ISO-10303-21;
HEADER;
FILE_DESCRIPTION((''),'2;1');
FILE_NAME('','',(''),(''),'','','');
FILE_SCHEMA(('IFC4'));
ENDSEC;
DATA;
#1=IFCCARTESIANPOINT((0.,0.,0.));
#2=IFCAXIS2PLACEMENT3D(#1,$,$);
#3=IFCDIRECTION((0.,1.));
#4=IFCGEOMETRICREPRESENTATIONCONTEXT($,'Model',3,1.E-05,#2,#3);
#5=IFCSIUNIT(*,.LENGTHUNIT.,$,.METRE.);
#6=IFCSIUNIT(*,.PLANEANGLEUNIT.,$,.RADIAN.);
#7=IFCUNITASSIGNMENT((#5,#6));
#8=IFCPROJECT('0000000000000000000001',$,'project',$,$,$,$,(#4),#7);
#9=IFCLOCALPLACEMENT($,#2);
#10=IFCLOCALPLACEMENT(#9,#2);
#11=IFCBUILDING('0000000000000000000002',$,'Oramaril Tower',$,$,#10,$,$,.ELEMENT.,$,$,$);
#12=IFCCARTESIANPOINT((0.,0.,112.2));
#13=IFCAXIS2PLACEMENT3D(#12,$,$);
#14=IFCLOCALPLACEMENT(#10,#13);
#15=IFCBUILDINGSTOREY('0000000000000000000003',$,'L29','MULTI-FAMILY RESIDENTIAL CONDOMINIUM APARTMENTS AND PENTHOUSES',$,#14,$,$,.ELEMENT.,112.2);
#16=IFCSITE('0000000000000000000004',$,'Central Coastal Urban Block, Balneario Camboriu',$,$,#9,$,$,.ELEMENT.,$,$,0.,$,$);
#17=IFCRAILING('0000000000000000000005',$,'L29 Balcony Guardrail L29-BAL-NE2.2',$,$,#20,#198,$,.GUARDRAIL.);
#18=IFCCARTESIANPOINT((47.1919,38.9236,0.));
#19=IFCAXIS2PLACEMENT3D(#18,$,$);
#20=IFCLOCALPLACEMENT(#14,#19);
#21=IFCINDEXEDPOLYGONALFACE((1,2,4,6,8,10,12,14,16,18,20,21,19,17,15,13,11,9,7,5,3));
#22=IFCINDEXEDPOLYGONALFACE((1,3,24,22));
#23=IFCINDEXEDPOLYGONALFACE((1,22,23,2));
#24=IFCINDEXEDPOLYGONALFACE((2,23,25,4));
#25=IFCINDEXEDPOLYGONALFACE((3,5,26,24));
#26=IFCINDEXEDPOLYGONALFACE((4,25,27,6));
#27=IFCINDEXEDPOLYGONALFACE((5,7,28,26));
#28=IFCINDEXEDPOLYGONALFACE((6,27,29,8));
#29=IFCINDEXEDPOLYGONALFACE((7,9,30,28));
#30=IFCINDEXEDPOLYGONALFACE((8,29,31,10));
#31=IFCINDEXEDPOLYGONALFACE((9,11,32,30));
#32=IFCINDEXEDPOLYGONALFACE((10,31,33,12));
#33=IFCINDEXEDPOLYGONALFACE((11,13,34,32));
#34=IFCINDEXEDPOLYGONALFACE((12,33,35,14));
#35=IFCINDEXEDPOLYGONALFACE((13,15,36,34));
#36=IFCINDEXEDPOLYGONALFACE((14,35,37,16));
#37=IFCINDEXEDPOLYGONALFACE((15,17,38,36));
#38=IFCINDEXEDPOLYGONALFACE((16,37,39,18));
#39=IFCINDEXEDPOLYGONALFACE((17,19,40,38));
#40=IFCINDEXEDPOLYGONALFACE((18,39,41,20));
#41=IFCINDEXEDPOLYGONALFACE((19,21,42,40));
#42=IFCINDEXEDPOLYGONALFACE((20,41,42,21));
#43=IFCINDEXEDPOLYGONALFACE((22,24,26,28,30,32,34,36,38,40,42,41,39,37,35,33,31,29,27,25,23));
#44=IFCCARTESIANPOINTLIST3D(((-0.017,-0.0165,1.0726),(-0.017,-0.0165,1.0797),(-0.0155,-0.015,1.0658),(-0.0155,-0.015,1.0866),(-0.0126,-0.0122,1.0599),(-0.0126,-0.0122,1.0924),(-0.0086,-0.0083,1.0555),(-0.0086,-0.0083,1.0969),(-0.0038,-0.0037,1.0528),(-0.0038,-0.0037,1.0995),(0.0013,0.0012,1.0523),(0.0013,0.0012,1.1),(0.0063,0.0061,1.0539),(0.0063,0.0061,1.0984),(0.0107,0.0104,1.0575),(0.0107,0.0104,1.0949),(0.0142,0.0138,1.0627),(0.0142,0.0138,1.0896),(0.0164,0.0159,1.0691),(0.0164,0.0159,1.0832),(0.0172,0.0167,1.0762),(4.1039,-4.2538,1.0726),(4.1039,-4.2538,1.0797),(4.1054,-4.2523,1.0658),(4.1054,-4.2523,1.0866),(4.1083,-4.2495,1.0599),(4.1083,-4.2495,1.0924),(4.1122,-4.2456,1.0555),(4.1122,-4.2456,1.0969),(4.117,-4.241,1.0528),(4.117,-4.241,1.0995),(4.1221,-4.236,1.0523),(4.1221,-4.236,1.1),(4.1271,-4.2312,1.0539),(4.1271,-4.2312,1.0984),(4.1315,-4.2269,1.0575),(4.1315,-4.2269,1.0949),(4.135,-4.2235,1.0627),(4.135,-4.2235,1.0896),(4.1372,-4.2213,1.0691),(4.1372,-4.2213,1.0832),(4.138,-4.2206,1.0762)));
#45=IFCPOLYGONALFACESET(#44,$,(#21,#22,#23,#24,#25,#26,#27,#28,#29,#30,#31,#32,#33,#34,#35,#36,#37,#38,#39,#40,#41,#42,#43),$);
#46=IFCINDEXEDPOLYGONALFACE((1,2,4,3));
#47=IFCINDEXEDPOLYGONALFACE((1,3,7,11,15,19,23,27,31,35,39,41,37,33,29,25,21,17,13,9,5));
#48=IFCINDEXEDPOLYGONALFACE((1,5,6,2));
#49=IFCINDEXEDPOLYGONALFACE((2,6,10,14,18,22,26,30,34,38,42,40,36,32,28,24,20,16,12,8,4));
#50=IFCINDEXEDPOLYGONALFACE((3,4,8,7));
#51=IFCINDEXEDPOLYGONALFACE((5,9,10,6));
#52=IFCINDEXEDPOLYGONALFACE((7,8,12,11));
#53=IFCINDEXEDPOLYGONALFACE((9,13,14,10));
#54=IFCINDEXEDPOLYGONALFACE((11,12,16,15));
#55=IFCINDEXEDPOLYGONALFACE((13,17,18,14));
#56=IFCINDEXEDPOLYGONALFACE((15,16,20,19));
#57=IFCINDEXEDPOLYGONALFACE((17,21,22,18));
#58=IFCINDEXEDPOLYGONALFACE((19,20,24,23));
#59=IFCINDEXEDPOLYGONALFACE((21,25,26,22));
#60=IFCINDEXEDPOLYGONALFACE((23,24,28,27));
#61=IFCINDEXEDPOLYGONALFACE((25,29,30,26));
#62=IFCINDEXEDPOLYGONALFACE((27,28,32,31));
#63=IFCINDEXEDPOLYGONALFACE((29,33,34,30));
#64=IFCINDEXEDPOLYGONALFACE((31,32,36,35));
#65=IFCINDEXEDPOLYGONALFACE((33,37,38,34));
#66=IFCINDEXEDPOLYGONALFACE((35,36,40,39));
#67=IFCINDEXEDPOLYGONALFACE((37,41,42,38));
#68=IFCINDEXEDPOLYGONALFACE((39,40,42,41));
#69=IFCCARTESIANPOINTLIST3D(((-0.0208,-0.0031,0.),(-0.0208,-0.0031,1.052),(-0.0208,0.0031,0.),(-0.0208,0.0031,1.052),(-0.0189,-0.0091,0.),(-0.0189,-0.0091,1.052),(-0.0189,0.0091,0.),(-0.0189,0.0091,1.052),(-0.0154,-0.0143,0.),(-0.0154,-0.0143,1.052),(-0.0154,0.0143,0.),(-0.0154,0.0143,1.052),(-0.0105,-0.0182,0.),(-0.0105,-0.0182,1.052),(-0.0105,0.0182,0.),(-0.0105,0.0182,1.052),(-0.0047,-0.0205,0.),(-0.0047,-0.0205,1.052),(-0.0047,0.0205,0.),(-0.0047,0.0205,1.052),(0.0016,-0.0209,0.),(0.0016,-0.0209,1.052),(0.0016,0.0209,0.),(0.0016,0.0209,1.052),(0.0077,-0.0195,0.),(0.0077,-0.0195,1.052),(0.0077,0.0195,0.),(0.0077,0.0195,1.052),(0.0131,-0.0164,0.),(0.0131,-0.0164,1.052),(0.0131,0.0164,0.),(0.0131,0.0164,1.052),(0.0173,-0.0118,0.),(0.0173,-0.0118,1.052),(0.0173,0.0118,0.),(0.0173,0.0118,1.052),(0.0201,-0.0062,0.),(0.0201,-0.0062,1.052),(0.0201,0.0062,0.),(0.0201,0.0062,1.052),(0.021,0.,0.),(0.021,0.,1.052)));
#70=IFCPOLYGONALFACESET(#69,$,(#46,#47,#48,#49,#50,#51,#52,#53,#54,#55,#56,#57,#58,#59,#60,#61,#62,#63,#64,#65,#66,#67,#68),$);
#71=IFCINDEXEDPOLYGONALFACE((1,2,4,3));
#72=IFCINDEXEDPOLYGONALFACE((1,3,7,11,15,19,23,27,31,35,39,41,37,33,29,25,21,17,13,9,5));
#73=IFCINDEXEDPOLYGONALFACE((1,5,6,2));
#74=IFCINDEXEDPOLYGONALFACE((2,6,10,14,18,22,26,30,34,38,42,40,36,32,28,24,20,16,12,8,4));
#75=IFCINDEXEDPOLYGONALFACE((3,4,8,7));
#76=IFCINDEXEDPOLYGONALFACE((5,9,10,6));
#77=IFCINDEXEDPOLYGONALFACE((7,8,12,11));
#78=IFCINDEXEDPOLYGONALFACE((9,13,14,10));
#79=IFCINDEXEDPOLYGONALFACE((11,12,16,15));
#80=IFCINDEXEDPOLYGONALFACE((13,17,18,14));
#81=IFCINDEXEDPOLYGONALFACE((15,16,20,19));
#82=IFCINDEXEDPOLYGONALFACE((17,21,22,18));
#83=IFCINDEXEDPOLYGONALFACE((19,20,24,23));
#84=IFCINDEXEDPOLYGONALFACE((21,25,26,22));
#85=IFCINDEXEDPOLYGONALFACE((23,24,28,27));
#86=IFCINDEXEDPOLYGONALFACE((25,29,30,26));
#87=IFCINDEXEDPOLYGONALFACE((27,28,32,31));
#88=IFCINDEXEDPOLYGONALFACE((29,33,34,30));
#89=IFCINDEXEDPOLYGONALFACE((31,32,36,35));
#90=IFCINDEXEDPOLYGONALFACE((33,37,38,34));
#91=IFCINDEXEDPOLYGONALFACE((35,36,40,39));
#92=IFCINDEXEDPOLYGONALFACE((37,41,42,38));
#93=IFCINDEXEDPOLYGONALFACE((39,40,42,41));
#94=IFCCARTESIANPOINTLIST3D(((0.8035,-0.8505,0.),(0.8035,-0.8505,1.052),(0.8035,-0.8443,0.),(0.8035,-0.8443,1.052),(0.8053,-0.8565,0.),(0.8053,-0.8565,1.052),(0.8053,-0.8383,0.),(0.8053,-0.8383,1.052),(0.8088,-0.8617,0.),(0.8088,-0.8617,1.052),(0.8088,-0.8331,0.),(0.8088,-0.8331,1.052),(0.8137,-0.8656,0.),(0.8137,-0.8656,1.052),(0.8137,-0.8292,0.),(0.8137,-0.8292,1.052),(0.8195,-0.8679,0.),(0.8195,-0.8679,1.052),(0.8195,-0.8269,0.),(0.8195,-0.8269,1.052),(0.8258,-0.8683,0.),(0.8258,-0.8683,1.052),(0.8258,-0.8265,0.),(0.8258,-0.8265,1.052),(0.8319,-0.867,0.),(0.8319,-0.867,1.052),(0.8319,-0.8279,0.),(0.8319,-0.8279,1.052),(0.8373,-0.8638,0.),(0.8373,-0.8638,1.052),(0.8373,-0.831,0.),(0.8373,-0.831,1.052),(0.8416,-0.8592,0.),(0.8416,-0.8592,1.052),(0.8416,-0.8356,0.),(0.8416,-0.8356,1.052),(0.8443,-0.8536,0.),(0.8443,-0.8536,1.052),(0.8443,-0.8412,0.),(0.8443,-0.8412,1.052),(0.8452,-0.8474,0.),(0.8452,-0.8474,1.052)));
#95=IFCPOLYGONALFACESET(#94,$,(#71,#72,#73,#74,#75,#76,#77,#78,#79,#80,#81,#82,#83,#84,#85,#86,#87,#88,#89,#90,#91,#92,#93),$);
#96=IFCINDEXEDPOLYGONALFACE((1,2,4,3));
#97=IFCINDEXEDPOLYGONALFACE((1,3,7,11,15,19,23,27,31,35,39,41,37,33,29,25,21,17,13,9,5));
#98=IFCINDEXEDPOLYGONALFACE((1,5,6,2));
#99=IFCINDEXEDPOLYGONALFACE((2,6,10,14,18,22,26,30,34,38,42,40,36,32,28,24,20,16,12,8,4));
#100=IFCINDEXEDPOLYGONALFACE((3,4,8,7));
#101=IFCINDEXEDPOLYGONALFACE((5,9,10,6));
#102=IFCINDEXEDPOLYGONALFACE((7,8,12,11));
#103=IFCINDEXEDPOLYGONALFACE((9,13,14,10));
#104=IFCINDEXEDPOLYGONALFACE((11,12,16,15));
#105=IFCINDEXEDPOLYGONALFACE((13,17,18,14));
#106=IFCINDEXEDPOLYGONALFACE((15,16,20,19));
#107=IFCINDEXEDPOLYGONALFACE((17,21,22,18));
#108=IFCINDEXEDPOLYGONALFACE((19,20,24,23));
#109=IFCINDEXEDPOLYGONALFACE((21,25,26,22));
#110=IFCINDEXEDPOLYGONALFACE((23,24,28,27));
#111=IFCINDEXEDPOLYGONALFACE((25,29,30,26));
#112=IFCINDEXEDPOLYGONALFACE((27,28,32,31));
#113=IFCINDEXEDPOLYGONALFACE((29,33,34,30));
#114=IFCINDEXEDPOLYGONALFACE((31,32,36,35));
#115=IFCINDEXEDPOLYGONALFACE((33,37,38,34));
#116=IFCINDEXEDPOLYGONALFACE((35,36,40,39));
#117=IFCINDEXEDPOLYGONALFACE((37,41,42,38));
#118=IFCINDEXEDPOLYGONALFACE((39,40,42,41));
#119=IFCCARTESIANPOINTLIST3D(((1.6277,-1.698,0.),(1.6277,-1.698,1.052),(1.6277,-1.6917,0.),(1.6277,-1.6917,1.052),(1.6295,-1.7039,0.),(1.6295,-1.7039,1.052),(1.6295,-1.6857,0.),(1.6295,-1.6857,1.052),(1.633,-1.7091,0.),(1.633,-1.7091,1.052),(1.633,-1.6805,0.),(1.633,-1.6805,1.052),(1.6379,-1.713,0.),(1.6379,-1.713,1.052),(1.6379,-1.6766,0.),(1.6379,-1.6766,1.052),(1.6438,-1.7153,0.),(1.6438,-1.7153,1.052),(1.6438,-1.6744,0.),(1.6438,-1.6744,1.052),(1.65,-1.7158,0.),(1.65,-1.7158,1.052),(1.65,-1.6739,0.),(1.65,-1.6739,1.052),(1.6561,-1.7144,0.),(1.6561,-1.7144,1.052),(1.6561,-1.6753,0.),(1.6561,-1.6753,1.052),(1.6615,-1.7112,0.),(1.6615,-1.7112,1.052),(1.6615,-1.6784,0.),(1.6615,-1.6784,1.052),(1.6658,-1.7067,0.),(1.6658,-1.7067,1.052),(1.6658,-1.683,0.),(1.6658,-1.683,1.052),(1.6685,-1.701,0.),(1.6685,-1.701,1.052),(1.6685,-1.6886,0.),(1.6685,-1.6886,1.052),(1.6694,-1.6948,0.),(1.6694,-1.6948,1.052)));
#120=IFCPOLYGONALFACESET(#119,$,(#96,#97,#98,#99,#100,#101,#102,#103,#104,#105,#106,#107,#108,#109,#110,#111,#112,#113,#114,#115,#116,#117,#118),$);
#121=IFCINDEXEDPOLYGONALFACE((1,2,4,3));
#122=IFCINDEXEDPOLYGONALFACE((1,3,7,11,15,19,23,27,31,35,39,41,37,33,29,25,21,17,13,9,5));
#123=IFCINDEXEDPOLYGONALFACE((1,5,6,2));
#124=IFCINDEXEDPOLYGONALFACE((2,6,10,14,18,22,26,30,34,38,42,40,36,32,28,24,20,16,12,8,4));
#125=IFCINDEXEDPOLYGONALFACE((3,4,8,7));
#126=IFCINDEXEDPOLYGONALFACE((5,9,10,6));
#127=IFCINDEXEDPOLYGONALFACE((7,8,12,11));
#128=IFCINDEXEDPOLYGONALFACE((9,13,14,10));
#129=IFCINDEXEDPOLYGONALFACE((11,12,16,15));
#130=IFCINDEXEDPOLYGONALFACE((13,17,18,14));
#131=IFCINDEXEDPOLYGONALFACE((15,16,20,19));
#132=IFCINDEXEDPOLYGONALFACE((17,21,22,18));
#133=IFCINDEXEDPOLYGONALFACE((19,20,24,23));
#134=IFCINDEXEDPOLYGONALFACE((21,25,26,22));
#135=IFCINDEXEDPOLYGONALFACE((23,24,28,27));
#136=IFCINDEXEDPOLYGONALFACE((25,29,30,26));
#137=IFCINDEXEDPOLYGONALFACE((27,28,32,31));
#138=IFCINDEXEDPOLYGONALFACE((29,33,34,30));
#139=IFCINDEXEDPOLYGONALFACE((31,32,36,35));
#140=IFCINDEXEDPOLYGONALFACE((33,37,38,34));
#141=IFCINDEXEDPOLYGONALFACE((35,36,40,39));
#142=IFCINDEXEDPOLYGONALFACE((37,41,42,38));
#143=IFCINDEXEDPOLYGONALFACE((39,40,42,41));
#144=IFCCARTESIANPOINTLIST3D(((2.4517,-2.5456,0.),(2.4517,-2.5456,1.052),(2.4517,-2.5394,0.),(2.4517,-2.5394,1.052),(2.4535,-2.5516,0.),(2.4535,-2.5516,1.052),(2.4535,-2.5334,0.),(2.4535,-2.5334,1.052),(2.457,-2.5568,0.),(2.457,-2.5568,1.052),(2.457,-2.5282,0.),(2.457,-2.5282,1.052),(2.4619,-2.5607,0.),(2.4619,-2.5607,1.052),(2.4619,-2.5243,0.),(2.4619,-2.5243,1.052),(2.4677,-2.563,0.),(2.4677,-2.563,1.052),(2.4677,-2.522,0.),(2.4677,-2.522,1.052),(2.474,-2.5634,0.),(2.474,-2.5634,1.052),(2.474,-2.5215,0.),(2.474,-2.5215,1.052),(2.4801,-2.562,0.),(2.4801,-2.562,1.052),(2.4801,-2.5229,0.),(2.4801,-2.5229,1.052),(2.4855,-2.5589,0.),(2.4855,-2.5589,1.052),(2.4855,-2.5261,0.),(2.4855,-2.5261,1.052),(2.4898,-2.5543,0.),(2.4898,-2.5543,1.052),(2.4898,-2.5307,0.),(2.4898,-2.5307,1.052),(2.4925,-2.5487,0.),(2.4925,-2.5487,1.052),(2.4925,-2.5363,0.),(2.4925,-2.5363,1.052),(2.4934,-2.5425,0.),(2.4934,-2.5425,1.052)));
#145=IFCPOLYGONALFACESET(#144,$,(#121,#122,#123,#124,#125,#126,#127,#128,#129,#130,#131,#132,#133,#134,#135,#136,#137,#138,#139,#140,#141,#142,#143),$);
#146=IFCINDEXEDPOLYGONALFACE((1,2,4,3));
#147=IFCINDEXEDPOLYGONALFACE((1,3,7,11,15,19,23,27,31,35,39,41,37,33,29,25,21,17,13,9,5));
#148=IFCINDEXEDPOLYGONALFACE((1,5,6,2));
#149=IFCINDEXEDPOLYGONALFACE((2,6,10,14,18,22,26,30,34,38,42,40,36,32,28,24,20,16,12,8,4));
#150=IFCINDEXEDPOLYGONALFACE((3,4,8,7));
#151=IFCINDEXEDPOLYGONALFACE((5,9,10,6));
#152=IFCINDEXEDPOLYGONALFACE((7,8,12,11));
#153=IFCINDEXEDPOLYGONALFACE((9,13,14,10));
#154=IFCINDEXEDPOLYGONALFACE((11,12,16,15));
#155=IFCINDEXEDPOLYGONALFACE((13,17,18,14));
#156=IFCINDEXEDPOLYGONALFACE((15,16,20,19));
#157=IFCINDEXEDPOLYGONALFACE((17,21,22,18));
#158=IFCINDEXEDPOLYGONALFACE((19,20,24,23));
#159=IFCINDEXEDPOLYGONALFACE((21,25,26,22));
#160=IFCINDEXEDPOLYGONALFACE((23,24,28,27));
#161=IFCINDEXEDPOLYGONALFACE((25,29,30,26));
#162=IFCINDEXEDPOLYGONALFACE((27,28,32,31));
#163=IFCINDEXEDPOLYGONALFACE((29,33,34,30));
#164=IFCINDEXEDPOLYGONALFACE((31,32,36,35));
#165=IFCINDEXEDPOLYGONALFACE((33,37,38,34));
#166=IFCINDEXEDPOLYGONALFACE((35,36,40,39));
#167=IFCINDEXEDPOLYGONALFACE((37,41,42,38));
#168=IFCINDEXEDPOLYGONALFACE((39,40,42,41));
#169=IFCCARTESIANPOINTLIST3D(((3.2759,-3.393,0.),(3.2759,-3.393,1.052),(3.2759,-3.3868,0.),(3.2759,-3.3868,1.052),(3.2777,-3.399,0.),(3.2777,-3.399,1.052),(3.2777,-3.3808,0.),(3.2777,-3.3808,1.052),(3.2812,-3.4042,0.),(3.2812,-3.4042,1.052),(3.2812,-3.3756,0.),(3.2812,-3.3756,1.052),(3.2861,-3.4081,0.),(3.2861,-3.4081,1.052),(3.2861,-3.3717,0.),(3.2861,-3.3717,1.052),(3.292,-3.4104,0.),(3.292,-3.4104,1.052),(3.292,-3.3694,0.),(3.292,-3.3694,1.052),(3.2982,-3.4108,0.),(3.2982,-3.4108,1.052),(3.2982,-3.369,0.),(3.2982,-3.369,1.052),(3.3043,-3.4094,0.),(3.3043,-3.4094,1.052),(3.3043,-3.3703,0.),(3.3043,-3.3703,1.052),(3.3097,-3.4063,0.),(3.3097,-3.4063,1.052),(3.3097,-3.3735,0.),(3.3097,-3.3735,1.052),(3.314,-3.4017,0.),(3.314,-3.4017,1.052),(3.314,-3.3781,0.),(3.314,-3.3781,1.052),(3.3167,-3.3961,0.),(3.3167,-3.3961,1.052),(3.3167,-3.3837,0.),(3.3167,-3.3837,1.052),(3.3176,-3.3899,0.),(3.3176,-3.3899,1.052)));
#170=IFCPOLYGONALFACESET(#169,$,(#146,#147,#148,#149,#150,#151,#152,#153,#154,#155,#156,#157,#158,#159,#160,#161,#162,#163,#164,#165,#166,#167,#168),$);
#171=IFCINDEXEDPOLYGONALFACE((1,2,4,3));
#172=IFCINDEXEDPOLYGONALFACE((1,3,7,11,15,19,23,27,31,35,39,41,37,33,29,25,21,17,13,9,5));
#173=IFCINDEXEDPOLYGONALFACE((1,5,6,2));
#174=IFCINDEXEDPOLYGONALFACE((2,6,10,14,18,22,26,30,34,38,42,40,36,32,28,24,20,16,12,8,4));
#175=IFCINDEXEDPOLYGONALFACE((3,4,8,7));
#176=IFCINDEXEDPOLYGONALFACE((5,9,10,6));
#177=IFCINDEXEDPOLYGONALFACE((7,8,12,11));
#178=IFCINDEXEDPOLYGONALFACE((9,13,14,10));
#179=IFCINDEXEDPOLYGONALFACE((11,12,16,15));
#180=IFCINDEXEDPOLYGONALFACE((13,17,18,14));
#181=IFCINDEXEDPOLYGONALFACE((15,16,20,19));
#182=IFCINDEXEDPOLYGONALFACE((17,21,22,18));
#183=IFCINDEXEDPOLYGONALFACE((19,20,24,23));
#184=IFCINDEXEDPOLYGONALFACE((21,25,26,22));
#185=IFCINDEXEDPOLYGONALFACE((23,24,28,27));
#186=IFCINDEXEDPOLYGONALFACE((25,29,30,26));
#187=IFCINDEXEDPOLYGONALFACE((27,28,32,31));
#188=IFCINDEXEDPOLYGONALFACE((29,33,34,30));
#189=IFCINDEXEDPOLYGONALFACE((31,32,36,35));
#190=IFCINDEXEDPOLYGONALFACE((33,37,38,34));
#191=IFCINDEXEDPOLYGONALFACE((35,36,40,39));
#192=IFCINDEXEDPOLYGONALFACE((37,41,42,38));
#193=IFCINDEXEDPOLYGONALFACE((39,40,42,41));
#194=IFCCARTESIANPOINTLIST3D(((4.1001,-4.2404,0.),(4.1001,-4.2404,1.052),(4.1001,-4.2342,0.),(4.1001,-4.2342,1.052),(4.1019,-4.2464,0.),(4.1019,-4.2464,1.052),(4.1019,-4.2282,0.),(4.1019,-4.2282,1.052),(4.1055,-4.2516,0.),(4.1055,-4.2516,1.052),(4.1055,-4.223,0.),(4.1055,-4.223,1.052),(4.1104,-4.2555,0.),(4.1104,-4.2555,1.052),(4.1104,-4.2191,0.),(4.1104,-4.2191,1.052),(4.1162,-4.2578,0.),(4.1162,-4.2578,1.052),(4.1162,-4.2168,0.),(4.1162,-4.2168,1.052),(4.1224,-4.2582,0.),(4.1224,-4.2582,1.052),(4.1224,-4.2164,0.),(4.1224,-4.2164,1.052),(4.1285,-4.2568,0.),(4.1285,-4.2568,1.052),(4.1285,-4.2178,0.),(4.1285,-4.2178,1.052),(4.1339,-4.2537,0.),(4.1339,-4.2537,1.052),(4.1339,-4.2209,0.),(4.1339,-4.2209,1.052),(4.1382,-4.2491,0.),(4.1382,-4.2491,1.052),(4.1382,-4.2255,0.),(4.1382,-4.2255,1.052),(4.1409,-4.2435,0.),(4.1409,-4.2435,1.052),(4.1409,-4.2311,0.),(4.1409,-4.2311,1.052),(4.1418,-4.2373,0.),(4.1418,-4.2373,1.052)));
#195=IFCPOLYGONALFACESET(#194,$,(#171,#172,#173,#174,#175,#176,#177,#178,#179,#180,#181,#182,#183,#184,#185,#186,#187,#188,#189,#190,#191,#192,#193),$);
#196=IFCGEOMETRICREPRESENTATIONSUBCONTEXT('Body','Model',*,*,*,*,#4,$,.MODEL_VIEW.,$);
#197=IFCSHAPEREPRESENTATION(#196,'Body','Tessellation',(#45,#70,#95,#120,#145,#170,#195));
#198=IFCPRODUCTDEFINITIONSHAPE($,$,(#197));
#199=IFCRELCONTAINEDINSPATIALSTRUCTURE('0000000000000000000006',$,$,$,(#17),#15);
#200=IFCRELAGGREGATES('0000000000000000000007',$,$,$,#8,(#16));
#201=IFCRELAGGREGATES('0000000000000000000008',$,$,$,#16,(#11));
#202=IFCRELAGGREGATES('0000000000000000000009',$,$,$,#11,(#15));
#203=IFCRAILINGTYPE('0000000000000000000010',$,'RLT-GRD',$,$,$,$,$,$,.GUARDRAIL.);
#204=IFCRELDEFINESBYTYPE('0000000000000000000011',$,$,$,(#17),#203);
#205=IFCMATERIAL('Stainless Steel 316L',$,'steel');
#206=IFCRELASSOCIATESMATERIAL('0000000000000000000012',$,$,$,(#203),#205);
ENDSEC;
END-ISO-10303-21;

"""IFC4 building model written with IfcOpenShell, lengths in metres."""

from ifc_helpers import new_model, si_unit, direction, frame, origin, origin_2d, place, context, subcontext, project, spatial, circle, extrude, material, type_object, element, save


model = new_model("IFC4")

# Units and contexts
model_context = context("Model", 3, precision=1e-05, world=origin(), true_north=direction((0.0, 1.0)))
body_context = subcontext(model_context, "Body", "Model", "MODEL_VIEW")
ifc_project = project(units=[si_unit("LENGTHUNIT", "METRE"), si_unit("PLANEANGLEUNIT", "RADIAN")], contexts=[model_context])

# Site, building, storey
site_placement = place(None, origin())
site = spatial("IfcSite", under=ifc_project, at=site_placement, Name="Central Coastal Urban Block, Balneario Camboriu", CompositionType="ELEMENT", RefElevation=0.0)
building_placement = place(site_placement, origin())
building = spatial("IfcBuilding", under=site, at=building_placement, Name="Oramaril Tower", CompositionType="ELEMENT")
storey_placement = place(building_placement, frame((0.0, 0.0, 112.2)))
storey = spatial("IfcBuildingStorey", under=building, at=storey_placement, Name="L29", Description="MULTI-FAMILY RESIDENTIAL CONDOMINIUM APARTMENTS AND PENTHOUSES", CompositionType="ELEMENT", Elevation=112.2)

# Railing
ifc_material_1 = material(Name="Stainless Steel 316L", Category="steel")
railing_type = type_object("IfcRailingType", Name="RLT-GRD", PredefinedType="GUARDRAIL", material=ifc_material_1)
railing_1_placement = place(storey_placement, frame((47.1919, 38.9236, 0.0)))
element("IfcRailing", 1, at=railing_1_placement, inside=storey, type_object=railing_type, Name="L29 Balcony Guardrail L29-BAL-NE2.2", PredefinedType="GUARDRAIL", context=body_context, shape_type="SweptSolid", body=[
    extrude(circle(Radius=0.0239, at=origin_2d()), frame((0.0, 0.0, 1.0762), z_axis=(0.697187, -0.716889, 0.0), x_axis=(0.716889, 0.697187, 0.0)), (0.0, 0.0, 1.0), 5.9106),
    extrude(circle(Radius=0.021, at=origin_2d()), origin(), (0.0, 0.0, 1.0), 1.052),
    extrude(circle(Radius=0.021, at=origin_2d()), frame((0.8242, -0.8474, 0.0)), (0.0, 0.0, 1.0), 1.052),
    extrude(circle(Radius=0.021, at=origin_2d()), frame((1.6484, -1.6948, 0.0)), (0.0, 0.0, 1.0), 1.052),
    extrude(circle(Radius=0.021, at=origin_2d()), frame((2.4724, -2.5425, 0.0)), (0.0, 0.0, 1.0), 1.052),
    extrude(circle(Radius=0.021, at=origin_2d()), frame((3.2966, -3.3899, 0.0)), (0.0, 0.0, 1.0), 1.052),
    extrude(circle(Radius=0.021, at=origin_2d()), frame((4.1208, -4.2373, 0.0)), (0.0, 0.0, 1.0), 1.052),
])

save(model, "model.ifc")
